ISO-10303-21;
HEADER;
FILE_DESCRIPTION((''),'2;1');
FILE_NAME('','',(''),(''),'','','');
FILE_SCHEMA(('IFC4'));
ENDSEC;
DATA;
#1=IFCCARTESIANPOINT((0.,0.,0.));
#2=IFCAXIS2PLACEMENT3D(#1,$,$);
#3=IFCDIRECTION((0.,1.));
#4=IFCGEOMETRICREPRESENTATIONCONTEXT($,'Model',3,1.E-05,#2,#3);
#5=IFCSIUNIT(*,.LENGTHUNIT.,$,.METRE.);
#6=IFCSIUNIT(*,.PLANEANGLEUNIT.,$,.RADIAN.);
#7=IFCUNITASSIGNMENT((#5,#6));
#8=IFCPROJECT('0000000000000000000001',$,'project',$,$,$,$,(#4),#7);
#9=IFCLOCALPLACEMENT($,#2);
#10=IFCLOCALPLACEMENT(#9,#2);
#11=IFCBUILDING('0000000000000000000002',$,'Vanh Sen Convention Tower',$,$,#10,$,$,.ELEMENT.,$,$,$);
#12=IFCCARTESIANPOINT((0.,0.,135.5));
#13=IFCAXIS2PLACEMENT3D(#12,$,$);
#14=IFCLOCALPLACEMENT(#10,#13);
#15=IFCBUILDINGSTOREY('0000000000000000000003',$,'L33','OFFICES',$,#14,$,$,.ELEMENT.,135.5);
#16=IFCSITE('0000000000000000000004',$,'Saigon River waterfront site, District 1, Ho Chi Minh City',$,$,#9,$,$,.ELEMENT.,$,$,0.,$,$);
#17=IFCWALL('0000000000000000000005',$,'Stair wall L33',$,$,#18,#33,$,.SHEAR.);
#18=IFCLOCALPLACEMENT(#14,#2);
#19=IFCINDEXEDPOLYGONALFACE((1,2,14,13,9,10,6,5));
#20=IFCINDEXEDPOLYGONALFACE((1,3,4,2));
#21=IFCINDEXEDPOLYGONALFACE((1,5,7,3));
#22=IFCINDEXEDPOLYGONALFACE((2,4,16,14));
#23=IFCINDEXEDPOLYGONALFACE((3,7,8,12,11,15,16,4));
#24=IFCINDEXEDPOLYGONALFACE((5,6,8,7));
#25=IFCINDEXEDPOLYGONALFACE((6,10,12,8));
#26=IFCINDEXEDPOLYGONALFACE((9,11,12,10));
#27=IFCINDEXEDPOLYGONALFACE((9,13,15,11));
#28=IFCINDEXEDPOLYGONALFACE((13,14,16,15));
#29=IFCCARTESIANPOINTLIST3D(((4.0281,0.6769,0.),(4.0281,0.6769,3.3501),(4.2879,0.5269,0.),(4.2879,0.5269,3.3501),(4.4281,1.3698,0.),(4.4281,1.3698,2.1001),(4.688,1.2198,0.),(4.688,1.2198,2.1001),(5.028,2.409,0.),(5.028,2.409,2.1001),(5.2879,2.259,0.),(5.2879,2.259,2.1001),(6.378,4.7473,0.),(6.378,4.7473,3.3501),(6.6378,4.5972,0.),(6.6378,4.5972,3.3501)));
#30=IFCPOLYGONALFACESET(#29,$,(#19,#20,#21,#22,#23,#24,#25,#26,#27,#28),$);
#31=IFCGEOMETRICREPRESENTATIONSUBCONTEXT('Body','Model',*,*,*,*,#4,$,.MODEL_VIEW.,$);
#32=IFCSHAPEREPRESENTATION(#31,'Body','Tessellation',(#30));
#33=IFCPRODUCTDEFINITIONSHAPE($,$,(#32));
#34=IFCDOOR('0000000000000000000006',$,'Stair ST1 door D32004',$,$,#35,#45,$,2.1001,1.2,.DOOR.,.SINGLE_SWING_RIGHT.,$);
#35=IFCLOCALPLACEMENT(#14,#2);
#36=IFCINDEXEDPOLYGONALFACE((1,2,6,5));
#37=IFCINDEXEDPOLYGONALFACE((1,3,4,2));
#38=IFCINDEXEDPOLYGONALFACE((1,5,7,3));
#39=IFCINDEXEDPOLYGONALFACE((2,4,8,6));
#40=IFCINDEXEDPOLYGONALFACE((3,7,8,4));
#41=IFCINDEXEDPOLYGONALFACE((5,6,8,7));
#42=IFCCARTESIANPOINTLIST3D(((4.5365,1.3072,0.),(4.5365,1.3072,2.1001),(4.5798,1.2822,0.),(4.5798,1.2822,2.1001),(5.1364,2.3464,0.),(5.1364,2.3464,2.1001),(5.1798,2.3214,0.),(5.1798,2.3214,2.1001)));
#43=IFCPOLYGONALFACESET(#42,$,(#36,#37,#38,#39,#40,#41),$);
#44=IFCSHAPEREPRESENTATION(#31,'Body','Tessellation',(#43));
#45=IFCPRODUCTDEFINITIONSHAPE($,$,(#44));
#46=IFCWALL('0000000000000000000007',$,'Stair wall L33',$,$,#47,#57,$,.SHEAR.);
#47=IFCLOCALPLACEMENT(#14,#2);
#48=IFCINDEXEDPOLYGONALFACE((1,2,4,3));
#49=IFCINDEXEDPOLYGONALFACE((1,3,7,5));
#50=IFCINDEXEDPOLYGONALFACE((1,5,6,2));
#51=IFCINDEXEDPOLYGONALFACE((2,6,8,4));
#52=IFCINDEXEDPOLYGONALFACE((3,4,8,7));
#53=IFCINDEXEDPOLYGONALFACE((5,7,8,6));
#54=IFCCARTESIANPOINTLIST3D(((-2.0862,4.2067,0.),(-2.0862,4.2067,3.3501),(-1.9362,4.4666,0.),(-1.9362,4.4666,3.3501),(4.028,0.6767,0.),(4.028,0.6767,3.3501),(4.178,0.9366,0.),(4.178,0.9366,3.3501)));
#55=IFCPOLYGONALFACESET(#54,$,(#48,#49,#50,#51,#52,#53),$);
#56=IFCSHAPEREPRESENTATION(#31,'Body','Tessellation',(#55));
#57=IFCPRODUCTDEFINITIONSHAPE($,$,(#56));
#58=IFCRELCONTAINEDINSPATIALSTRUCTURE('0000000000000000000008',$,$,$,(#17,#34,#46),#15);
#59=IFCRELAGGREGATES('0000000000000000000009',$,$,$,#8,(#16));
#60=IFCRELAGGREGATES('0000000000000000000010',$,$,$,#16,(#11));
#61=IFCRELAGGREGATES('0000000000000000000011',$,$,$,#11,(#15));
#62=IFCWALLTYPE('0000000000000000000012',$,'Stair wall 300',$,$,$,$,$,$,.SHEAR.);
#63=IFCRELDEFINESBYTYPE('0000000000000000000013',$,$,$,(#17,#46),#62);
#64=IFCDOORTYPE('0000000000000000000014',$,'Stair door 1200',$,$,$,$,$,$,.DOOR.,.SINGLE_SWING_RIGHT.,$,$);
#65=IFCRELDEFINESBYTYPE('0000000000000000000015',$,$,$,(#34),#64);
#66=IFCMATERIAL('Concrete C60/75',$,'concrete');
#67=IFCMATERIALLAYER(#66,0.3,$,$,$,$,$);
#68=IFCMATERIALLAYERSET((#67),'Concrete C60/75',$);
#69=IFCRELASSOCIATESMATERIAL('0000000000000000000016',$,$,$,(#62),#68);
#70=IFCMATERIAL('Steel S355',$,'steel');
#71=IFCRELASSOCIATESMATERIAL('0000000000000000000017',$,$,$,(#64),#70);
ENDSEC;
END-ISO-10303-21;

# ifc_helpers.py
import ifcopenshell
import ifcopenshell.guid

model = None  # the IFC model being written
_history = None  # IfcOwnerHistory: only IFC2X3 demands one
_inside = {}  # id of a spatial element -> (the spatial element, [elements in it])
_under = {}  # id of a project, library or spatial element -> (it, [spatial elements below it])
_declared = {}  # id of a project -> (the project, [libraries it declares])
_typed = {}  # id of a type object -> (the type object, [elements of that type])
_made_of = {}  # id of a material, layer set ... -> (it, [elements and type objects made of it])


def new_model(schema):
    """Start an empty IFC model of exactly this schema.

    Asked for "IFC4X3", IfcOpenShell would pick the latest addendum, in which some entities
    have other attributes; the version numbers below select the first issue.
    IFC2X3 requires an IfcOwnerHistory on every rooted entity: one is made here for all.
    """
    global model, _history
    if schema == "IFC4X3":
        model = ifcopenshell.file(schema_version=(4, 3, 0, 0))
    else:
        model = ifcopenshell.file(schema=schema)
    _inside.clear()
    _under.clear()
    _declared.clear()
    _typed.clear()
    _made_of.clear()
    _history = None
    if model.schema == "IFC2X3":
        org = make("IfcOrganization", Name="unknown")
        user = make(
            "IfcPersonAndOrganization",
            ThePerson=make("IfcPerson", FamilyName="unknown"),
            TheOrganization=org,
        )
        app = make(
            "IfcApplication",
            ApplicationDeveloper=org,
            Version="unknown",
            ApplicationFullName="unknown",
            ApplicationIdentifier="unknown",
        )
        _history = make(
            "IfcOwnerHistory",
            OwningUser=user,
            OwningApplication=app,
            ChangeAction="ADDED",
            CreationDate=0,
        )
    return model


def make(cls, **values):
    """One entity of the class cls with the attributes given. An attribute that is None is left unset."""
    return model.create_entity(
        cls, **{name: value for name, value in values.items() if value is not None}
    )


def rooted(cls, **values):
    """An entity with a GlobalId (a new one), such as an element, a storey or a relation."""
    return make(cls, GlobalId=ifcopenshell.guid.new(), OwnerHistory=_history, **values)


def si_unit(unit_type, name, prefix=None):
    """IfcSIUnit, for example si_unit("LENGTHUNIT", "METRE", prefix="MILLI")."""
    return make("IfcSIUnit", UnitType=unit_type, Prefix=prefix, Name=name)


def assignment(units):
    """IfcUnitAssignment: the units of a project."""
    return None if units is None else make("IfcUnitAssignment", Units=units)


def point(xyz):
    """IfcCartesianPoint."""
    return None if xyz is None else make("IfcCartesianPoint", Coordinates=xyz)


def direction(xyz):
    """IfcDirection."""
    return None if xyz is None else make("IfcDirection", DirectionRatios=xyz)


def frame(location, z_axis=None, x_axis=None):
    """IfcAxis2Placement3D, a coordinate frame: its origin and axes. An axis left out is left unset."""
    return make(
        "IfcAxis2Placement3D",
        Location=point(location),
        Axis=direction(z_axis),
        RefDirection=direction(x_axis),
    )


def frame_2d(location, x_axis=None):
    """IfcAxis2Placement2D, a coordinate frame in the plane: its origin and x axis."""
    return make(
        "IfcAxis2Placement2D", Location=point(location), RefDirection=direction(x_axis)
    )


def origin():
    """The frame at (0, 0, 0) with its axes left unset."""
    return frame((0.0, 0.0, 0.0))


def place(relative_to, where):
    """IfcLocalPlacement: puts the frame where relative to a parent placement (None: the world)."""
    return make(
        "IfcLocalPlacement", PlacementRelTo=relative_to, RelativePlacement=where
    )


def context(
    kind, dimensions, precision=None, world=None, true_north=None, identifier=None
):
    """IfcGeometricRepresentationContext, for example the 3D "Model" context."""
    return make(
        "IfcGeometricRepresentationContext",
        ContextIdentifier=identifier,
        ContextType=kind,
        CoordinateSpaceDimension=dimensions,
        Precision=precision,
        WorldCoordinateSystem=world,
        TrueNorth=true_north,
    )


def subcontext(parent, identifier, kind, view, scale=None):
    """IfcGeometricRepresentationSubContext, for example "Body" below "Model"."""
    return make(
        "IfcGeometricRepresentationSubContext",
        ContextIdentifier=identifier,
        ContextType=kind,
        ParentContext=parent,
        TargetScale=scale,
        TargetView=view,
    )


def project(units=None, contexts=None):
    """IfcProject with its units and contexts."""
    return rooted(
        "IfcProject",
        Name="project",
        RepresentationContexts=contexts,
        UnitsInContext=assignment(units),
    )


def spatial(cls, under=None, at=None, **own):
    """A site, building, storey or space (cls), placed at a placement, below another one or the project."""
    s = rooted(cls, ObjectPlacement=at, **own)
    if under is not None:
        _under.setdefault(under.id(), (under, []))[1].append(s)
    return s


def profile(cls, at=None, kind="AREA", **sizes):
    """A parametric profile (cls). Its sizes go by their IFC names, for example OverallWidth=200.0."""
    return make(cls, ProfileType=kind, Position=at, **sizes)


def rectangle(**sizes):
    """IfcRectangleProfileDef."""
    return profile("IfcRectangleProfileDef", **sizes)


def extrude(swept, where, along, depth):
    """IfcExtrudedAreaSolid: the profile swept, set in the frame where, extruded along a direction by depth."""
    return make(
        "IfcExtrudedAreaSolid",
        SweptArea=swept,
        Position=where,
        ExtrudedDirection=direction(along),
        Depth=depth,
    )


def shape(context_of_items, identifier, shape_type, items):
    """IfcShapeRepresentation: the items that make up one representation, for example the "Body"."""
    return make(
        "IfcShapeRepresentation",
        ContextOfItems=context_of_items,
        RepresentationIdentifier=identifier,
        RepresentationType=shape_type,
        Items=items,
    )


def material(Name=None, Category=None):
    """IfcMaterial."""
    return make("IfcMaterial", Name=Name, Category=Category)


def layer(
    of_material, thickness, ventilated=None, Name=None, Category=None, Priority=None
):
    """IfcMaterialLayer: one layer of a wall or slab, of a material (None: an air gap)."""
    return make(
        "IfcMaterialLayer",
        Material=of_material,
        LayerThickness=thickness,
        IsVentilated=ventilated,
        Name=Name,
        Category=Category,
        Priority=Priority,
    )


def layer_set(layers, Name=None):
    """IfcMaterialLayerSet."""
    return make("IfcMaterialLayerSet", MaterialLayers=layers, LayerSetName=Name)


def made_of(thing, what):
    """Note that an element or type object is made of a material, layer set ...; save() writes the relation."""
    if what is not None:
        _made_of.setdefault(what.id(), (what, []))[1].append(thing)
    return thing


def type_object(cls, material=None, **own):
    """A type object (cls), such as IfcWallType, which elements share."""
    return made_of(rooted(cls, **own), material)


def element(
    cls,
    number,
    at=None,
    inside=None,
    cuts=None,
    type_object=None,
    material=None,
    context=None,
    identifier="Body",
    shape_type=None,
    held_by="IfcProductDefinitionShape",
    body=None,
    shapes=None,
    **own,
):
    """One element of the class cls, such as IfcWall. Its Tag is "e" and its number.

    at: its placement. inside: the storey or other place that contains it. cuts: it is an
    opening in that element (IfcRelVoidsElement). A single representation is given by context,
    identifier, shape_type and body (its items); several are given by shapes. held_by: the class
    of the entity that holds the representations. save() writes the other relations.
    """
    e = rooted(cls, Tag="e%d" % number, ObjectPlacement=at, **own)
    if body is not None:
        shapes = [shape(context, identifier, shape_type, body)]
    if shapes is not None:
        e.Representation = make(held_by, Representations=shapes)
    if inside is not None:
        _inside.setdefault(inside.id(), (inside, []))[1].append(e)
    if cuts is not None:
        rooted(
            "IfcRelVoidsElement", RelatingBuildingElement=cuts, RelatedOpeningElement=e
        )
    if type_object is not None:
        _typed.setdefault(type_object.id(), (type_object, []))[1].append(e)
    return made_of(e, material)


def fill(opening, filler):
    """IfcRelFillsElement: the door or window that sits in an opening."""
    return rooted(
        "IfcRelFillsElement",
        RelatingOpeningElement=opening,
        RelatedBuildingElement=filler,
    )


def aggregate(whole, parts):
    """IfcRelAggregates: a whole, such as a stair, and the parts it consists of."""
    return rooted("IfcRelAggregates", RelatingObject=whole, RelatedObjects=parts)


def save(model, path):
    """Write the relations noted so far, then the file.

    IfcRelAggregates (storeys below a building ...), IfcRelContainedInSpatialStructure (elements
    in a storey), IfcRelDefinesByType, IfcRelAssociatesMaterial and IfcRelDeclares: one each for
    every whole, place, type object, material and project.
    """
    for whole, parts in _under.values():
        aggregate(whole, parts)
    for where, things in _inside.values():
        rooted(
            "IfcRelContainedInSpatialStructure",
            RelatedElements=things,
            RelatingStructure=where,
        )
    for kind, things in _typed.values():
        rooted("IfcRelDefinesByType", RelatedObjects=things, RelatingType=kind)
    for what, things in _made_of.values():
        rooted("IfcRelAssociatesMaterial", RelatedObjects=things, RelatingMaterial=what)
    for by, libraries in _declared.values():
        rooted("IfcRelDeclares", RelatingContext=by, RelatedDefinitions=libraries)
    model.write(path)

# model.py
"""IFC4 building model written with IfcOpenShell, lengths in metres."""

from ifc_helpers import new_model, si_unit, direction, frame, frame_2d, origin, place, context, subcontext, project, spatial, rectangle, extrude, material, layer, layer_set, type_object, element, fill, save


model = new_model("IFC4")

# Units and contexts
model_context = context("Model", 3, precision=1e-05, world=origin(), true_north=direction((0.0, 1.0)))
body_context = subcontext(model_context, "Body", "Model", "MODEL_VIEW")
ifc_project = project(units=[si_unit("LENGTHUNIT", "METRE"), si_unit("PLANEANGLEUNIT", "RADIAN")], contexts=[model_context])

# Site, building, storey
site_placement = place(None, origin())
site = spatial("IfcSite", under=ifc_project, at=site_placement, Name="Saigon River waterfront site, District 1, Ho Chi Minh City", CompositionType="ELEMENT", RefElevation=0.0)
building_placement = place(site_placement, origin())
building = spatial("IfcBuilding", under=site, at=building_placement, Name="Vanh Sen Convention Tower", CompositionType="ELEMENT")
storey_placement = place(building_placement, frame((0.0, 0.0, 135.5)))
storey = spatial("IfcBuildingStorey", under=building, at=storey_placement, Name="L33", Description="OFFICES", CompositionType="ELEMENT", Elevation=135.5)

# Shared definitions
ifc_material_1 = material(Name="Steel S355", Category="steel")

# Wall, opening, door
ifc_material_2 = material(Name="Concrete C60/75", Category="concrete")
ifc_layer_1 = layer(ifc_material_2, 0.3)
ifc_layer_set_1 = layer_set([ifc_layer_1], Name="Concrete C60/75")
wall_type_1 = type_object("IfcWallType", Name="Stair wall 300", PredefinedType="SHEAR", material=ifc_layer_set_1)
wall_1_placement = place(storey_placement, frame((4.158, 0.6018, 0.0), z_axis=(0.0, 0.0, 1.0), x_axis=(0.499977, 0.866039, 0.0)))
wall_1 = element("IfcWall", 1, at=wall_1_placement, inside=storey, type_object=wall_type_1, Name="Stair wall L33", PredefinedType="SHEAR", context=body_context, shape_type="SweptSolid", body=[
    extrude(rectangle(XDim=4.7, YDim=0.3, at=frame_2d((2.3501, 0.0))), origin(), (0.0, 0.0, 1.0), 3.3501),
])
opening_1_placement = place(wall_1_placement, frame((0.8, 0.0, 0.0)))
opening_1 = element("IfcOpeningElement", 2, at=opening_1_placement, cuts=wall_1, PredefinedType="OPENING", context=body_context, shape_type="SweptSolid", body=[
    extrude(rectangle(XDim=1.2, YDim=2.1001, at=frame_2d((0.6001, 1.05))), frame((0.0, 0.1599, 0.0), z_axis=(0.0, -1.0, 0.0), x_axis=(1.0, 0.0, 0.0)), (0.0, 0.0, 1.0), 0.3201),
])
door_type_1 = type_object("IfcDoorType", Name="Stair door 1200", OperationType="SINGLE_SWING_RIGHT", PredefinedType="DOOR", material=ifc_material_1)
door_1_placement = place(opening_1_placement, origin())
door_1 = element("IfcDoor", 3, at=door_1_placement, inside=storey, type_object=door_type_1, Name="Stair ST1 door D32004", OperationType="SINGLE_SWING_RIGHT", OverallHeight=2.1001, OverallWidth=1.2, PredefinedType="DOOR", context=body_context, shape_type="SweptSolid", body=[
    extrude(rectangle(XDim=1.2, YDim=2.1001, at=frame_2d((0.6001, 1.05))), frame((0.0, 0.0249, 0.0), z_axis=(0.0, -1.0, 0.0), x_axis=(1.0, 0.0, 0.0)), (0.0, 0.0, 1.0), 0.05),
])
fill(opening_1, door_1)

# Wall
wall_2_placement = place(storey_placement, frame((4.103, 0.8066, 0.0), z_axis=(0.0, 0.0, 1.0), x_axis=(-0.866028, 0.499996, 0.0)))
element("IfcWall", 4, at=wall_2_placement, inside=storey, type_object=wall_type_1, Name="Stair wall L33", PredefinedType="SHEAR", context=body_context, shape_type="SweptSolid", body=[
    extrude(rectangle(XDim=7.0601, YDim=0.3, at=frame_2d((3.53, 0.0))), origin(), (0.0, 0.0, 1.0), 3.3501),
])

save(model, "model.ifc")
